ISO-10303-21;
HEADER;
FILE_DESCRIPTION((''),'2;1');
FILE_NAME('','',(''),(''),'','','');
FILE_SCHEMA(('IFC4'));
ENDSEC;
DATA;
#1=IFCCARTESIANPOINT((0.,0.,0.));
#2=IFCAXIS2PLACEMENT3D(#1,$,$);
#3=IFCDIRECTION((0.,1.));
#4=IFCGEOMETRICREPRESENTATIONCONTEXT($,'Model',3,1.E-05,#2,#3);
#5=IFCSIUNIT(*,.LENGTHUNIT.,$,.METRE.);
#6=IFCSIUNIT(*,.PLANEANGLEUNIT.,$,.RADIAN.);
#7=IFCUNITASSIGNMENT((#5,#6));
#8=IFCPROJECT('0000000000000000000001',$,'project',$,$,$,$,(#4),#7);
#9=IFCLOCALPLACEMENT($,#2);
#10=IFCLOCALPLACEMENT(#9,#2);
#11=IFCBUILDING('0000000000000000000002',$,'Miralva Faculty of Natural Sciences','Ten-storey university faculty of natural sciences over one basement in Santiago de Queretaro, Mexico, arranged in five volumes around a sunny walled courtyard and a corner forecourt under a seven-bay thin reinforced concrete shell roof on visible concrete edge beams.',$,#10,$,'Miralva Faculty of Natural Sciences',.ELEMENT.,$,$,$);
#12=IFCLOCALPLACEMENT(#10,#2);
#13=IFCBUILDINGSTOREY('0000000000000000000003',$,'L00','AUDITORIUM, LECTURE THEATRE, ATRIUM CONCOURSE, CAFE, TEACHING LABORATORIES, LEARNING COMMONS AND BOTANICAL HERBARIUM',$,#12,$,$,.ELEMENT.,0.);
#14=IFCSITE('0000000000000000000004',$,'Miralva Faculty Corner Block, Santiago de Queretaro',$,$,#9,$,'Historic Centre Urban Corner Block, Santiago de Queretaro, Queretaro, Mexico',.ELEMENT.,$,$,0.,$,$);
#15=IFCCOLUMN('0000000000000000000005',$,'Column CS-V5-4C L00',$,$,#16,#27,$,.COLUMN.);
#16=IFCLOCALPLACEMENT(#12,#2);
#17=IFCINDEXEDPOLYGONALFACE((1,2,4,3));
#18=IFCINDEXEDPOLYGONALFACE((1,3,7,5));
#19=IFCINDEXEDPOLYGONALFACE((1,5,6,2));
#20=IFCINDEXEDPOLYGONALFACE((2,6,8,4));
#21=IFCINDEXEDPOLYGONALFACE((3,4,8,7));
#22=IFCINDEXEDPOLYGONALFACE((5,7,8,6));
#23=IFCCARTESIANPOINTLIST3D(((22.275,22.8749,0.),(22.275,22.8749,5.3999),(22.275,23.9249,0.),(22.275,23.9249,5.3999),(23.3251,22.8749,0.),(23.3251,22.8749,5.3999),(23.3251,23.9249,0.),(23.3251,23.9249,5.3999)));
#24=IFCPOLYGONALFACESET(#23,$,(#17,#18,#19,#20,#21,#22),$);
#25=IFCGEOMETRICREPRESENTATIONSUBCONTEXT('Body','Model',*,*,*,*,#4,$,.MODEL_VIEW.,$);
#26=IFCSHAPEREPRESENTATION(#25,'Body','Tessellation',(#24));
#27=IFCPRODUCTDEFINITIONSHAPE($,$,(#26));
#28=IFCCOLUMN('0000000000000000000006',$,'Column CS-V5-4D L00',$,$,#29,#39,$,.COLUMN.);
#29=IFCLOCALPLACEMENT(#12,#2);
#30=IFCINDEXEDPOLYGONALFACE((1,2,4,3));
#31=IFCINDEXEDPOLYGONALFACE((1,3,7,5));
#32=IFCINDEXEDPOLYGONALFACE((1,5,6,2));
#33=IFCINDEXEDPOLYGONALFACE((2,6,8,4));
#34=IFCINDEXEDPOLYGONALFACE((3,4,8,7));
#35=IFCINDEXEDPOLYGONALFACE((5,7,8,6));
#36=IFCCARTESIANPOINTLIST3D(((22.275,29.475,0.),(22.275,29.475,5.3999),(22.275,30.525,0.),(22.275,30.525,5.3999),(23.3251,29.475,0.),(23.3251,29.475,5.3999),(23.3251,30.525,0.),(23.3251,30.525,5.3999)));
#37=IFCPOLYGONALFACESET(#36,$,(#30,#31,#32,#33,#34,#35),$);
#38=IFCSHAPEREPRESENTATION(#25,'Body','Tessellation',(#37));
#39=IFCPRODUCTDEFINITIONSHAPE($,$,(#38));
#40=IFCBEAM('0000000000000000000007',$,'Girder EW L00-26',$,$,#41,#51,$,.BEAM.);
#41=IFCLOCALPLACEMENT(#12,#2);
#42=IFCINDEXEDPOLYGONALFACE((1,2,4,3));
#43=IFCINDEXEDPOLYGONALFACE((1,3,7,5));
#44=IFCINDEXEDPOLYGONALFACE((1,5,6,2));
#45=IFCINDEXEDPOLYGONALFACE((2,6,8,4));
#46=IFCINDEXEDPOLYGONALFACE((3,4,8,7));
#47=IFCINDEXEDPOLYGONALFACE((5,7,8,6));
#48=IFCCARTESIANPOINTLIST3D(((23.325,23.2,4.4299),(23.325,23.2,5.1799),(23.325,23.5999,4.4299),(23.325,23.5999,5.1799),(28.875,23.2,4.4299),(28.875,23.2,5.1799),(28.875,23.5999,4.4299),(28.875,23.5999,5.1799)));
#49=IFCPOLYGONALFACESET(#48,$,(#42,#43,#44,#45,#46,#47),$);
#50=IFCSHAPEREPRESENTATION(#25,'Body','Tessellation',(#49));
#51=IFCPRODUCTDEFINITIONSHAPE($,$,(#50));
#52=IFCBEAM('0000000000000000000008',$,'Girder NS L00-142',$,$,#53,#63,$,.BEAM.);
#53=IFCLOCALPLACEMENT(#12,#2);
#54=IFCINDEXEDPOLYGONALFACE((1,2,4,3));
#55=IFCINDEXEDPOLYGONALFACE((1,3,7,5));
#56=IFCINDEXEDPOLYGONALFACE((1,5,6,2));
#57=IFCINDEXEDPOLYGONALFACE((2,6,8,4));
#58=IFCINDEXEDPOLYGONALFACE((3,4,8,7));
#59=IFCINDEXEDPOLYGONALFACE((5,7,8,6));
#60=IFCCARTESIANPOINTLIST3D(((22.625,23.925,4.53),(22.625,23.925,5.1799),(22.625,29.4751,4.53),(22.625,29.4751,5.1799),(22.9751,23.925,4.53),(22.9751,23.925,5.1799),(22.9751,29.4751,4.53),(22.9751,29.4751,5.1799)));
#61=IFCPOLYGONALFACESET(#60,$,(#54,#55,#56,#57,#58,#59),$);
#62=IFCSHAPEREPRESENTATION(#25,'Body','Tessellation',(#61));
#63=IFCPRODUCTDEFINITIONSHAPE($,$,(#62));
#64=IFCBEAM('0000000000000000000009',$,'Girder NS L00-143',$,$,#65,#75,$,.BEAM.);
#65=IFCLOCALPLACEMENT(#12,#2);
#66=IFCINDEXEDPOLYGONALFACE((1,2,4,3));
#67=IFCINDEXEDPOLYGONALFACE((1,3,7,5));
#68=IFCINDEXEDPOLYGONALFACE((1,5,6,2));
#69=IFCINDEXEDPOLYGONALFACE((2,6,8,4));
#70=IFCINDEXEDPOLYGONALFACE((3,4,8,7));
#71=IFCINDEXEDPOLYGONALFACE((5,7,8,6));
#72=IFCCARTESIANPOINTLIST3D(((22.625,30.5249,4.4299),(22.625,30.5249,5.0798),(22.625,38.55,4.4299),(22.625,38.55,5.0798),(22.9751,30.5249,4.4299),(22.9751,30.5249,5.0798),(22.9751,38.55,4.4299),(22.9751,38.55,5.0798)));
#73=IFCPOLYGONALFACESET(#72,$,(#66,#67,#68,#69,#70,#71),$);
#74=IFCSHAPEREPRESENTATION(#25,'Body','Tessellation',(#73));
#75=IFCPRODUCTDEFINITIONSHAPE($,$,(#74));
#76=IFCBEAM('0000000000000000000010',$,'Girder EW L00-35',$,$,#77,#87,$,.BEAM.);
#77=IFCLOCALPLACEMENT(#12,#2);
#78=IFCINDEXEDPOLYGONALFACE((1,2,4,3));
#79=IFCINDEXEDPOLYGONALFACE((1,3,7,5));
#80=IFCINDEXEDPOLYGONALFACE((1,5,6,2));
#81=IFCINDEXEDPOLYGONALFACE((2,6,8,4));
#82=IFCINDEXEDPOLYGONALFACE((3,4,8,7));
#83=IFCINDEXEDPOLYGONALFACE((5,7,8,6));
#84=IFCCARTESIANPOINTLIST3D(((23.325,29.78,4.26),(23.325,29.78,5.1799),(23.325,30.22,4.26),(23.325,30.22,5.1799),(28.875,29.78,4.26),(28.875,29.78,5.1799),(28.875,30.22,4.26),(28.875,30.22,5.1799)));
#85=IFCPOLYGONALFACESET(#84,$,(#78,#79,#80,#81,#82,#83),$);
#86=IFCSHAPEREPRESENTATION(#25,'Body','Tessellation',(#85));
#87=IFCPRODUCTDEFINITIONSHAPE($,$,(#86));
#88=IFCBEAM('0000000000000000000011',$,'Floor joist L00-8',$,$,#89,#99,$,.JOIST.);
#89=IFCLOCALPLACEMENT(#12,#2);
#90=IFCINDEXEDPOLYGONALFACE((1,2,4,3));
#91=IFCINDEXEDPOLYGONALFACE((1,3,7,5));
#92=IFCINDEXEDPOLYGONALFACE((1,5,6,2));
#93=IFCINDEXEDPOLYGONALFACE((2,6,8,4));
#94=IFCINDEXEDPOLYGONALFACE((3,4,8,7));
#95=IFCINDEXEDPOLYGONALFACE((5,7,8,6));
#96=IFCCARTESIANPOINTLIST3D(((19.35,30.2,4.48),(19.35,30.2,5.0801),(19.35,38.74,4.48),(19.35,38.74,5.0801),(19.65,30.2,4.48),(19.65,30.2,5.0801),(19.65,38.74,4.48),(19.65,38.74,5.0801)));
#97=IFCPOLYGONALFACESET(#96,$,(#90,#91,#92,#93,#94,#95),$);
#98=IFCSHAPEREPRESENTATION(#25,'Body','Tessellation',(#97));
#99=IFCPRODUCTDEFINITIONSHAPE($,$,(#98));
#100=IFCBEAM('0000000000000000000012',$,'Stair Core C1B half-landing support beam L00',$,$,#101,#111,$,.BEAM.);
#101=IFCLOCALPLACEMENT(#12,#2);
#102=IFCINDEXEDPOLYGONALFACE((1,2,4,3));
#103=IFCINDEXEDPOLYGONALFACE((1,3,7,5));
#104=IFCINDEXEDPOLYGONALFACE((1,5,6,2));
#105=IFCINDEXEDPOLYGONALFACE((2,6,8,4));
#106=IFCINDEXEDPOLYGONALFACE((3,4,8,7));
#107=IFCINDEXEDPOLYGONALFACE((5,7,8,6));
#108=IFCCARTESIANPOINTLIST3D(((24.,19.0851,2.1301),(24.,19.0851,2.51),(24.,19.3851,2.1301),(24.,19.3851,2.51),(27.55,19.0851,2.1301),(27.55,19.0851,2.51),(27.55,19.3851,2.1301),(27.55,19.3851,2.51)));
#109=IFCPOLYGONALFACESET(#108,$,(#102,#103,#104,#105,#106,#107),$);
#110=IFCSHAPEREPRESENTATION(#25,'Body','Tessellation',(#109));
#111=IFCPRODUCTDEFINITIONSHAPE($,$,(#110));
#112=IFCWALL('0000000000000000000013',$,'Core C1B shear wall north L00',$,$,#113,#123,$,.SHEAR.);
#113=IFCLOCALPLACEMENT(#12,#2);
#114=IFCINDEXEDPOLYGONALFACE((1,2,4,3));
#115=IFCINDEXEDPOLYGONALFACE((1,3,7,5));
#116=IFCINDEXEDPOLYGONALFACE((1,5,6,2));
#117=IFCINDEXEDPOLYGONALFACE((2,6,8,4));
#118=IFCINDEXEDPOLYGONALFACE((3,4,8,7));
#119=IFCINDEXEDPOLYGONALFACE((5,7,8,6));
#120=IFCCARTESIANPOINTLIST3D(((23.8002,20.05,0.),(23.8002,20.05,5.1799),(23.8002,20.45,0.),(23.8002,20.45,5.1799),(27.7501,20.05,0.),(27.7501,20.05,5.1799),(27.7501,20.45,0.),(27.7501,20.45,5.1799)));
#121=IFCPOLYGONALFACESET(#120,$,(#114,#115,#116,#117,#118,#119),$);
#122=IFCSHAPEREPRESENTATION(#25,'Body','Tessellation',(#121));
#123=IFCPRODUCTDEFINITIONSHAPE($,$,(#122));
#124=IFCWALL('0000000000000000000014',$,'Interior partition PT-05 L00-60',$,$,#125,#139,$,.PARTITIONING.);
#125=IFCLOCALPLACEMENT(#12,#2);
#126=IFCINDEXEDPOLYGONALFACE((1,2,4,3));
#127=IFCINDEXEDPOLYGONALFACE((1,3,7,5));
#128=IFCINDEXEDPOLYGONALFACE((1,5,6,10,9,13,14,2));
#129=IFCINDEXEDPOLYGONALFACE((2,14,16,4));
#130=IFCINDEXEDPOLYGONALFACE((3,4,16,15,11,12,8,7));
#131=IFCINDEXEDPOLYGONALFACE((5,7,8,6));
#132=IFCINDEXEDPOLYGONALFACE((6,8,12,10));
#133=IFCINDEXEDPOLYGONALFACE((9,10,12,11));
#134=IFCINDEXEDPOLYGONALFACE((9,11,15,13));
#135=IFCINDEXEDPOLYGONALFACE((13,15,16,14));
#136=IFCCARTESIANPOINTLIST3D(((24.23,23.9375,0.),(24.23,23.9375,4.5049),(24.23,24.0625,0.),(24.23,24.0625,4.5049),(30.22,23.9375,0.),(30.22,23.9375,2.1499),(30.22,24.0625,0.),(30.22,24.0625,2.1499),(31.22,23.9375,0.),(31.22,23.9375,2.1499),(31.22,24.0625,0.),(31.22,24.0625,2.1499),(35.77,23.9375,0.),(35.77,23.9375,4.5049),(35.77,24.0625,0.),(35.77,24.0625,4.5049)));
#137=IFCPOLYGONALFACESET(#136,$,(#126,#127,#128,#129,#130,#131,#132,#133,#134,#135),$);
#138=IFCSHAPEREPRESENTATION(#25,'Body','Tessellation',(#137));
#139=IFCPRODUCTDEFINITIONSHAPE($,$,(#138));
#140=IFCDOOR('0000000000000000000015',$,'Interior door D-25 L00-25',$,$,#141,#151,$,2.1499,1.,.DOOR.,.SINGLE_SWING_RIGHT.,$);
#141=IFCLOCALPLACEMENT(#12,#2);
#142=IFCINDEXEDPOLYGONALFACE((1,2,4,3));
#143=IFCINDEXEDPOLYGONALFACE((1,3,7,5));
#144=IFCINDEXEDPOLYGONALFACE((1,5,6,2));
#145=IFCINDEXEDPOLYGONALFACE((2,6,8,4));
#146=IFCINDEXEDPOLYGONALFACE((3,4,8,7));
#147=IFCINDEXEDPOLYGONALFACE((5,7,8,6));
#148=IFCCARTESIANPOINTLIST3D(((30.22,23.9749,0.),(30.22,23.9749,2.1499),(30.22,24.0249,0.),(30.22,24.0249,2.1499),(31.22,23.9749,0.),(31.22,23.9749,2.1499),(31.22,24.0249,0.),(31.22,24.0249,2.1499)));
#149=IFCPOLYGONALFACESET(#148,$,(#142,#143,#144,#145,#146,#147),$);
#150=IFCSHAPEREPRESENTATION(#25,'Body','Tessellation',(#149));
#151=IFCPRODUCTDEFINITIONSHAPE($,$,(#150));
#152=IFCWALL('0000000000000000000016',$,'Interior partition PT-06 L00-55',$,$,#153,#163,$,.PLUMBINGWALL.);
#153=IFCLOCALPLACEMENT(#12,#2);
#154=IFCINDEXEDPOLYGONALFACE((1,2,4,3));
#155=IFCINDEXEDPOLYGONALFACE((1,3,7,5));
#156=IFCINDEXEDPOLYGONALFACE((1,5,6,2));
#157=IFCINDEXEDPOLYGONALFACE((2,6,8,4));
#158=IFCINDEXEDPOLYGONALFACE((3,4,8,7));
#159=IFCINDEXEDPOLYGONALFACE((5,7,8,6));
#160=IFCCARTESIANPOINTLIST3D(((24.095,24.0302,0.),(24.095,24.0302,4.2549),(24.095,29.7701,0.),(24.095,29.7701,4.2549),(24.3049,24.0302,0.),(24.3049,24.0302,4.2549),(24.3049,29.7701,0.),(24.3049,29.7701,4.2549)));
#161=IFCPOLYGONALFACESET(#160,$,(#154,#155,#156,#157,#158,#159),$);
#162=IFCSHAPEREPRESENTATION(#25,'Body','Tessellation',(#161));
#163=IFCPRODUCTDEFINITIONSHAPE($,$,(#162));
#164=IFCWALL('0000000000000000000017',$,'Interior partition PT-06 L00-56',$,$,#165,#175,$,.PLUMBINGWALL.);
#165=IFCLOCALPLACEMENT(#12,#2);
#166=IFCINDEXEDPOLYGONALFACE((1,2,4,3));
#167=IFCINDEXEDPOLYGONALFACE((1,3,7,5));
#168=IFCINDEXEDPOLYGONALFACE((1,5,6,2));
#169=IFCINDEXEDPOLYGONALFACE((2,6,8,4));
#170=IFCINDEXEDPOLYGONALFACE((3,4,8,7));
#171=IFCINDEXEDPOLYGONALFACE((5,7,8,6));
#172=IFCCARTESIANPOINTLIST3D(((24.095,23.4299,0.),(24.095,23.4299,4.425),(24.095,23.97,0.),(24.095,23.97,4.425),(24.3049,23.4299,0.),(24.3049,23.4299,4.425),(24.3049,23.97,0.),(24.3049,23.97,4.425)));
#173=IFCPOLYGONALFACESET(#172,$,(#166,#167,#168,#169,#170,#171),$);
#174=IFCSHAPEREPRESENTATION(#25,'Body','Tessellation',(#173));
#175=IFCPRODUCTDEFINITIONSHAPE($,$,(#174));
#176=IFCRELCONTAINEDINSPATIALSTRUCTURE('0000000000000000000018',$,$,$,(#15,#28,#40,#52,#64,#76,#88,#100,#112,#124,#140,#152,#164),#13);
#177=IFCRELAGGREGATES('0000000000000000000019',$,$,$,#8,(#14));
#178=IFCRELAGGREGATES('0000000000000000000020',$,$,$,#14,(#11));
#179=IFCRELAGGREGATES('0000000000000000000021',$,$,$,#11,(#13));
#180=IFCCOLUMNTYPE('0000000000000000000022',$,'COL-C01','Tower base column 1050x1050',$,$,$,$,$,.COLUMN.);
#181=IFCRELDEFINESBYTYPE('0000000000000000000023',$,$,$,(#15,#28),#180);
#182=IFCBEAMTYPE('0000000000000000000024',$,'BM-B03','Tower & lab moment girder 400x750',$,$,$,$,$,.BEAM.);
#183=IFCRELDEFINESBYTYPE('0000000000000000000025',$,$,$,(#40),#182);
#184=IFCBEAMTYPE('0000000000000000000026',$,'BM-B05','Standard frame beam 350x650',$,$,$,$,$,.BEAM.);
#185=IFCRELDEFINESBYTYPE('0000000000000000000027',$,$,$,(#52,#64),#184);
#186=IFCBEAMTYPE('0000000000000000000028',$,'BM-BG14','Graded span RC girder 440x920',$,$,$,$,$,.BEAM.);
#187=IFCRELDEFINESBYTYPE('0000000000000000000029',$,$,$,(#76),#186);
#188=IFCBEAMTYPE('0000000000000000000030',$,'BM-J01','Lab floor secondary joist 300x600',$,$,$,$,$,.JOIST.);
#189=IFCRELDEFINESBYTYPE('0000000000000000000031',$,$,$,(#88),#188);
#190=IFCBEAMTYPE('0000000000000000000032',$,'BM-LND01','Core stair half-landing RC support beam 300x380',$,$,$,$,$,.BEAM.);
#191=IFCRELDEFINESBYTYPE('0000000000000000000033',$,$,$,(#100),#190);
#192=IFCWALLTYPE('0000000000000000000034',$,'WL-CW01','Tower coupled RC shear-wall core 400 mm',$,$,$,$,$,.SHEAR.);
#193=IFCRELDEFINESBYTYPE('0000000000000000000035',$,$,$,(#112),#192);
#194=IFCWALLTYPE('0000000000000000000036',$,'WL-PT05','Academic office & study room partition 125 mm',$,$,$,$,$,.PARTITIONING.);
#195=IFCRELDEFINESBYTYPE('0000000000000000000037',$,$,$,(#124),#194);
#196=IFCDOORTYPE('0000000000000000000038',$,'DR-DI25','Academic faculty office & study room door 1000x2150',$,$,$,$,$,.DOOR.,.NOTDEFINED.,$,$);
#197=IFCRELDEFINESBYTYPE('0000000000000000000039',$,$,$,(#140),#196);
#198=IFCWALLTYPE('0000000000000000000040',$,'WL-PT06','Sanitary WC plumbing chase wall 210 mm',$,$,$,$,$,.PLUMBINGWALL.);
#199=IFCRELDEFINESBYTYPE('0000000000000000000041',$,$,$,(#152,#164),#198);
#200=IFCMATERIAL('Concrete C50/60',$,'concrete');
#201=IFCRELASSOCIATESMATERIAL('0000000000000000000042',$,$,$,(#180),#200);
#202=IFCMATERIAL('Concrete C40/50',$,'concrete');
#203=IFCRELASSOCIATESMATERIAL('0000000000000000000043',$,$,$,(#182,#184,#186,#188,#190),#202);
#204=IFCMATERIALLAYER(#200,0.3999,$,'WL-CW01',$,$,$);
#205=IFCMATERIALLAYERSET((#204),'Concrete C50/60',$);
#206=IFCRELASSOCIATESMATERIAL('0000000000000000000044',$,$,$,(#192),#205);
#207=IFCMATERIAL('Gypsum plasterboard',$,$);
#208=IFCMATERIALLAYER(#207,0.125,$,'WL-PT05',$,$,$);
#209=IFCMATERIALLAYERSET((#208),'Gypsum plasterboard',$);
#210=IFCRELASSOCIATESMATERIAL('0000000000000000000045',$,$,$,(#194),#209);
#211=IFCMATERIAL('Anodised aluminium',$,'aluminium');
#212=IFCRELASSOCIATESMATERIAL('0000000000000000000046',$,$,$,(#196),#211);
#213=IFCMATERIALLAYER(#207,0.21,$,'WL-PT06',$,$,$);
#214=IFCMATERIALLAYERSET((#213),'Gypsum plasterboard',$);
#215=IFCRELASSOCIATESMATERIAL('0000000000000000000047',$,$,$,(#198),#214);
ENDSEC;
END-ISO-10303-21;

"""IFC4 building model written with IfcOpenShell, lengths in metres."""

from ifc_helpers import new_model, si_unit, direction, frame, frame_2d, origin, origin_2d, place, context, subcontext, project, spatial, rectangle, extrude, material, layer, layer_set, material_profile, profile_set, type_object, element, fill, save


model = new_model("IFC4")

# Units and contexts
model_context = context("Model", 3, precision=1e-05, world=origin(), true_north=direction((0.0, 1.0)))
body_context = subcontext(model_context, "Body", "Model", "MODEL_VIEW")
ifc_project = project(units=[si_unit("LENGTHUNIT", "METRE"), si_unit("PLANEANGLEUNIT", "RADIAN")], contexts=[model_context])

# Site, building, storey
site_placement = place(None, origin())
site = spatial("IfcSite", under=ifc_project, at=site_placement, Name="Miralva Faculty Corner Block, Santiago de Queretaro", LongName="Historic Centre Urban Corner Block, Santiago de Queretaro, Queretaro, Mexico", CompositionType="ELEMENT", RefElevation=0.0)
building_placement = place(site_placement, origin())
building = spatial("IfcBuilding", under=site, at=building_placement, Name="Miralva Faculty of Natural Sciences", Description="Ten-storey university faculty of natural sciences over one basement in Santiago de Queretaro, Mexico, arranged in five volumes around a sunny walled courtyard and a corner forecourt under a seven-bay thin reinforced concrete shell roof on visible concrete edge beams.", LongName="Miralva Faculty of Natural Sciences", CompositionType="ELEMENT")
storey_placement = place(building_placement, origin())
storey = spatial("IfcBuildingStorey", under=building, at=storey_placement, Name="L00", Description="AUDITORIUM, LECTURE THEATRE, ATRIUM CONCOURSE, CAFE, TEACHING LABORATORIES, LEARNING COMMONS AND BOTANICAL HERBARIUM", CompositionType="ELEMENT", Elevation=0.0)

# Columns
ifc_material_1 = material(Name="Concrete C50/60", Category="concrete")
ifc_material_profile_1 = material_profile(ifc_material_1, rectangle(XDim=1.05, YDim=1.05, at=origin_2d()), Name="RC 1050x1050")
ifc_profile_set_1 = profile_set([ifc_material_profile_1], Name="Concrete C50/60")
column_type = type_object("IfcColumnType", Name="COL-C01", Description="Tower base column 1050x1050", PredefinedType="COLUMN", material=ifc_profile_set_1)
for number, where, z_axis, x_axis, name in (
    (1, (22.8, 23.3999, 0.0), (0.0, 0.0, 1.0), (1.0, 0.0, 0.0), "Column CS-V5-4C L00"),
    (2, (22.8, 30.0, 0.0), (0.0, 0.0, 1.0), (1.0, 0.0, 0.0), "Column CS-V5-4D L00"),
):
    element("IfcColumn", number, at=place(storey_placement, frame(where, z_axis=z_axis, x_axis=x_axis)), inside=storey, type_object=column_type, Name=name, PredefinedType="COLUMN", context=body_context, shape_type="SweptSolid", body=[
        extrude(rectangle(XDim=1.05, YDim=1.05, at=origin_2d()), origin(), (0.0, 0.0, 1.0), 5.3999),
    ])

# Beams
ifc_material_2 = material(Name="Concrete C40/50", Category="concrete")
ifc_material_profile_2 = material_profile(ifc_material_2, rectangle(XDim=0.3999, YDim=0.75, at=origin_2d()), Name="RC 400x750")
ifc_profile_set_2 = profile_set([ifc_material_profile_2], Name="Concrete C40/50")
beam_type_1 = type_object("IfcBeamType", Name="BM-B03", Description="Tower & lab moment girder 400x750", PredefinedType="BEAM", material=ifc_profile_set_2)
beam_1_placement = place(storey_placement, frame((23.325, 23.3999, 4.8049), z_axis=(1.0, 0.0, 0.0), x_axis=(0.0, 1.0, 0.0)))
element("IfcBeam", 3, at=beam_1_placement, inside=storey, type_object=beam_type_1, Name="Girder EW L00-26", PredefinedType="BEAM", context=body_context, shape_type="SweptSolid", body=[
    extrude(rectangle(XDim=0.3999, YDim=0.75, at=origin_2d()), origin(), (0.0, 0.0, 1.0), 5.55),
])
ifc_material_profile_3 = material_profile(ifc_material_2, rectangle(XDim=0.3501, YDim=0.6499, at=origin_2d()), Name="RC 350x650")
ifc_profile_set_3 = profile_set([ifc_material_profile_3], Name="Concrete C40/50")
beam_type_2 = type_object("IfcBeamType", Name="BM-B05", Description="Standard frame beam 350x650", PredefinedType="BEAM", material=ifc_profile_set_3)
beam_2_placement = place(storey_placement, frame((22.8, 23.925, 4.855), z_axis=(0.0, 1.0, 0.0), x_axis=(-1.0, 0.0, 0.0)))
element("IfcBeam", 4, at=beam_2_placement, inside=storey, type_object=beam_type_2, Name="Girder NS L00-142", PredefinedType="BEAM", context=body_context, shape_type="SweptSolid", body=[
    extrude(rectangle(XDim=0.3501, YDim=0.6499, at=origin_2d()), origin(), (0.0, 0.0, 1.0), 5.55),
])
beam_3_placement = place(storey_placement, frame((22.8, 30.5249, 4.7549), z_axis=(0.0, 1.0, 0.0), x_axis=(-1.0, 0.0, 0.0)))
element("IfcBeam", 5, at=beam_3_placement, inside=storey, type_object=beam_type_2, Name="Girder NS L00-143", PredefinedType="BEAM", context=body_context, shape_type="SweptSolid", body=[
    extrude(rectangle(XDim=0.3501, YDim=0.6499, at=origin_2d()), origin(), (0.0, 0.0, 1.0), 8.0251),
])
ifc_material_profile_4 = material_profile(ifc_material_2, rectangle(XDim=0.4399, YDim=0.9199, at=origin_2d()), Name="RC 440x920")
ifc_profile_set_4 = profile_set([ifc_material_profile_4], Name="Concrete C40/50")
beam_type_3 = type_object("IfcBeamType", Name="BM-BG14", Description="Graded span RC girder 440x920", PredefinedType="BEAM", material=ifc_profile_set_4)
beam_4_placement = place(storey_placement, frame((23.325, 30.0, 4.72), z_axis=(1.0, 0.0, 0.0), x_axis=(0.0, 1.0, 0.0)))
element("IfcBeam", 6, at=beam_4_placement, inside=storey, type_object=beam_type_3, Name="Girder EW L00-35", PredefinedType="BEAM", context=body_context, shape_type="SweptSolid", body=[
    extrude(rectangle(XDim=0.4399, YDim=0.9199, at=origin_2d()), origin(), (0.0, 0.0, 1.0), 5.55),
])
ifc_material_profile_5 = material_profile(ifc_material_2, rectangle(XDim=0.3, YDim=0.6001, at=origin_2d()), Name="RC 300x600")
ifc_profile_set_5 = profile_set([ifc_material_profile_5], Name="Concrete C40/50")
beam_type_4 = type_object("IfcBeamType", Name="BM-J01", Description="Lab floor secondary joist 300x600", PredefinedType="JOIST", material=ifc_profile_set_5)
beam_5_placement = place(storey_placement, frame((19.5, 30.2, 4.78), z_axis=(0.0, 1.0, 0.0), x_axis=(-1.0, 0.0, 0.0)))
element("IfcBeam", 7, at=beam_5_placement, inside=storey, type_object=beam_type_4, Name="Floor joist L00-8", PredefinedType="JOIST", context=body_context, shape_type="SweptSolid", body=[
    extrude(rectangle(XDim=0.3, YDim=0.6001, at=origin_2d()), origin(), (0.0, 0.0, 1.0), 8.54),
])
ifc_material_profile_6 = material_profile(ifc_material_2, rectangle(XDim=0.3, YDim=0.3799, at=origin_2d()), Name="RC 300x380")
ifc_profile_set_6 = profile_set([ifc_material_profile_6], Name="Concrete C40/50")
beam_type_5 = type_object("IfcBeamType", Name="BM-LND01", Description="Core stair half-landing RC support beam 300x380", PredefinedType="BEAM", material=ifc_profile_set_6)
beam_6_placement = place(storey_placement, frame((24.0, 19.2351, 2.3201), z_axis=(1.0, 0.0, 0.0), x_axis=(0.0, 1.0, 0.0)))
element("IfcBeam", 8, at=beam_6_placement, inside=storey, type_object=beam_type_5, Name="Stair Core C1B half-landing support beam L00", PredefinedType="BEAM", context=body_context, shape_type="SweptSolid", body=[
    extrude(rectangle(XDim=0.3, YDim=0.3799, at=origin_2d()), origin(), (0.0, 0.0, 1.0), 3.55),
])

# Wall
ifc_layer_1 = layer(ifc_material_1, 0.3999, Name="WL-CW01")
ifc_layer_set_1 = layer_set([ifc_layer_1], Name="Concrete C50/60")
wall_type_1 = type_object("IfcWallType", Name="WL-CW01", Description="Tower coupled RC shear-wall core 400 mm", PredefinedType="SHEAR", material=ifc_layer_set_1)
wall_1_placement = place(storey_placement, frame((23.8, 20.25, 0.0), z_axis=(0.0, 0.0, 1.0), x_axis=(1.0, 0.0, 0.0)))
element("IfcWall", 9, at=wall_1_placement, inside=storey, type_object=wall_type_1, Name="Core C1B shear wall north L00", PredefinedType="SHEAR", context=body_context, shape_type="SweptSolid", body=[
    extrude(rectangle(XDim=3.95, YDim=0.3999, at=frame_2d((1.9751, 0.0))), origin(), (0.0, 0.0, 1.0), 5.1799),
])

# Wall, opening, door
ifc_material_3 = material(Name="Gypsum plasterboard")
ifc_layer_2 = layer(ifc_material_3, 0.125, Name="WL-PT05")
ifc_layer_set_2 = layer_set([ifc_layer_2], Name="Gypsum plasterboard")
wall_type_2 = type_object("IfcWallType", Name="WL-PT05", Description="Academic office & study room partition 125 mm", PredefinedType="PARTITIONING", material=ifc_layer_set_2)
wall_2_placement = place(storey_placement, frame((24.23, 24.0, 0.0), z_axis=(0.0, 0.0, 1.0), x_axis=(1.0, 0.0, 0.0)))
wall_2 = element("IfcWall", 10, at=wall_2_placement, inside=storey, type_object=wall_type_2, Name="Interior partition PT-05 L00-60", PredefinedType="PARTITIONING", context=body_context, shape_type="SweptSolid", body=[
    extrude(rectangle(XDim=11.54, YDim=0.125, at=frame_2d((5.77, 0.0))), origin(), (0.0, 0.0, 1.0), 4.5049),
])
opening_1_placement = place(wall_2_placement, frame((5.99, 0.0, 0.0)))
opening_1 = element("IfcOpeningElement", 11, at=opening_1_placement, cuts=wall_2, PredefinedType="OPENING", context=body_context, shape_type="SweptSolid", body=[
    extrude(rectangle(XDim=1.0, YDim=2.1499, at=frame_2d((0.5, 1.075))), frame((0.0, 0.0725, 0.0), z_axis=(0.0, -1.0, 0.0), x_axis=(1.0, 0.0, 0.0)), (0.0, 0.0, 1.0), 0.145),
])
ifc_material_4 = material(Name="Anodised aluminium", Category="aluminium")
door_type = type_object("IfcDoorType", Name="DR-DI25", Description="Academic faculty office & study room door 1000x2150", OperationType="NOTDEFINED", PredefinedType="DOOR", material=ifc_material_4)
door_placement = place(opening_1_placement, origin())
door = element("IfcDoor", 12, at=door_placement, inside=storey, type_object=door_type, Name="Interior door D-25 L00-25", OperationType="SINGLE_SWING_RIGHT", OverallHeight=2.1499, OverallWidth=1.0, PredefinedType="DOOR", context=body_context, shape_type="SweptSolid", body=[
    extrude(rectangle(XDim=1.0, YDim=2.1499, at=frame_2d((0.5, 1.075))), frame((0.0, 0.0249, 0.0), z_axis=(0.0, -1.0, 0.0), x_axis=(1.0, 0.0, 0.0)), (0.0, 0.0, 1.0), 0.05),
])
fill(opening_1, door)

# Walls
ifc_layer_3 = layer(ifc_material_3, 0.21, Name="WL-PT06")
ifc_layer_set_3 = layer_set([ifc_layer_3], Name="Gypsum plasterboard")
wall_type_3 = type_object("IfcWallType", Name="WL-PT06", Description="Sanitary WC plumbing chase wall 210 mm", PredefinedType="PLUMBINGWALL", material=ifc_layer_set_3)
wall_3_placement = place(storey_placement, frame((24.2, 24.03, 0.0), z_axis=(0.0, 0.0, 1.0), x_axis=(0.0, 1.0, 0.0)))
element("IfcWall", 13, at=wall_3_placement, inside=storey, type_object=wall_type_3, Name="Interior partition PT-06 L00-55", PredefinedType="PLUMBINGWALL", context=body_context, shape_type="SweptSolid", body=[
    extrude(rectangle(XDim=5.74, YDim=0.21, at=frame_2d((2.8701, 0.0))), origin(), (0.0, 0.0, 1.0), 4.2549),
])
wall_4_placement = place(storey_placement, frame((24.2, 23.4299, 0.0), z_axis=(0.0, 0.0, 1.0), x_axis=(0.0, 1.0, 0.0)))
element("IfcWall", 14, at=wall_4_placement, inside=storey, type_object=wall_type_3, Name="Interior partition PT-06 L00-56", PredefinedType="PLUMBINGWALL", context=body_context, shape_type="SweptSolid", body=[
    extrude(rectangle(XDim=0.54, YDim=0.21, at=frame_2d((0.27, 0.0))), origin(), (0.0, 0.0, 1.0), 4.425),
])

save(model, "model.ifc")
